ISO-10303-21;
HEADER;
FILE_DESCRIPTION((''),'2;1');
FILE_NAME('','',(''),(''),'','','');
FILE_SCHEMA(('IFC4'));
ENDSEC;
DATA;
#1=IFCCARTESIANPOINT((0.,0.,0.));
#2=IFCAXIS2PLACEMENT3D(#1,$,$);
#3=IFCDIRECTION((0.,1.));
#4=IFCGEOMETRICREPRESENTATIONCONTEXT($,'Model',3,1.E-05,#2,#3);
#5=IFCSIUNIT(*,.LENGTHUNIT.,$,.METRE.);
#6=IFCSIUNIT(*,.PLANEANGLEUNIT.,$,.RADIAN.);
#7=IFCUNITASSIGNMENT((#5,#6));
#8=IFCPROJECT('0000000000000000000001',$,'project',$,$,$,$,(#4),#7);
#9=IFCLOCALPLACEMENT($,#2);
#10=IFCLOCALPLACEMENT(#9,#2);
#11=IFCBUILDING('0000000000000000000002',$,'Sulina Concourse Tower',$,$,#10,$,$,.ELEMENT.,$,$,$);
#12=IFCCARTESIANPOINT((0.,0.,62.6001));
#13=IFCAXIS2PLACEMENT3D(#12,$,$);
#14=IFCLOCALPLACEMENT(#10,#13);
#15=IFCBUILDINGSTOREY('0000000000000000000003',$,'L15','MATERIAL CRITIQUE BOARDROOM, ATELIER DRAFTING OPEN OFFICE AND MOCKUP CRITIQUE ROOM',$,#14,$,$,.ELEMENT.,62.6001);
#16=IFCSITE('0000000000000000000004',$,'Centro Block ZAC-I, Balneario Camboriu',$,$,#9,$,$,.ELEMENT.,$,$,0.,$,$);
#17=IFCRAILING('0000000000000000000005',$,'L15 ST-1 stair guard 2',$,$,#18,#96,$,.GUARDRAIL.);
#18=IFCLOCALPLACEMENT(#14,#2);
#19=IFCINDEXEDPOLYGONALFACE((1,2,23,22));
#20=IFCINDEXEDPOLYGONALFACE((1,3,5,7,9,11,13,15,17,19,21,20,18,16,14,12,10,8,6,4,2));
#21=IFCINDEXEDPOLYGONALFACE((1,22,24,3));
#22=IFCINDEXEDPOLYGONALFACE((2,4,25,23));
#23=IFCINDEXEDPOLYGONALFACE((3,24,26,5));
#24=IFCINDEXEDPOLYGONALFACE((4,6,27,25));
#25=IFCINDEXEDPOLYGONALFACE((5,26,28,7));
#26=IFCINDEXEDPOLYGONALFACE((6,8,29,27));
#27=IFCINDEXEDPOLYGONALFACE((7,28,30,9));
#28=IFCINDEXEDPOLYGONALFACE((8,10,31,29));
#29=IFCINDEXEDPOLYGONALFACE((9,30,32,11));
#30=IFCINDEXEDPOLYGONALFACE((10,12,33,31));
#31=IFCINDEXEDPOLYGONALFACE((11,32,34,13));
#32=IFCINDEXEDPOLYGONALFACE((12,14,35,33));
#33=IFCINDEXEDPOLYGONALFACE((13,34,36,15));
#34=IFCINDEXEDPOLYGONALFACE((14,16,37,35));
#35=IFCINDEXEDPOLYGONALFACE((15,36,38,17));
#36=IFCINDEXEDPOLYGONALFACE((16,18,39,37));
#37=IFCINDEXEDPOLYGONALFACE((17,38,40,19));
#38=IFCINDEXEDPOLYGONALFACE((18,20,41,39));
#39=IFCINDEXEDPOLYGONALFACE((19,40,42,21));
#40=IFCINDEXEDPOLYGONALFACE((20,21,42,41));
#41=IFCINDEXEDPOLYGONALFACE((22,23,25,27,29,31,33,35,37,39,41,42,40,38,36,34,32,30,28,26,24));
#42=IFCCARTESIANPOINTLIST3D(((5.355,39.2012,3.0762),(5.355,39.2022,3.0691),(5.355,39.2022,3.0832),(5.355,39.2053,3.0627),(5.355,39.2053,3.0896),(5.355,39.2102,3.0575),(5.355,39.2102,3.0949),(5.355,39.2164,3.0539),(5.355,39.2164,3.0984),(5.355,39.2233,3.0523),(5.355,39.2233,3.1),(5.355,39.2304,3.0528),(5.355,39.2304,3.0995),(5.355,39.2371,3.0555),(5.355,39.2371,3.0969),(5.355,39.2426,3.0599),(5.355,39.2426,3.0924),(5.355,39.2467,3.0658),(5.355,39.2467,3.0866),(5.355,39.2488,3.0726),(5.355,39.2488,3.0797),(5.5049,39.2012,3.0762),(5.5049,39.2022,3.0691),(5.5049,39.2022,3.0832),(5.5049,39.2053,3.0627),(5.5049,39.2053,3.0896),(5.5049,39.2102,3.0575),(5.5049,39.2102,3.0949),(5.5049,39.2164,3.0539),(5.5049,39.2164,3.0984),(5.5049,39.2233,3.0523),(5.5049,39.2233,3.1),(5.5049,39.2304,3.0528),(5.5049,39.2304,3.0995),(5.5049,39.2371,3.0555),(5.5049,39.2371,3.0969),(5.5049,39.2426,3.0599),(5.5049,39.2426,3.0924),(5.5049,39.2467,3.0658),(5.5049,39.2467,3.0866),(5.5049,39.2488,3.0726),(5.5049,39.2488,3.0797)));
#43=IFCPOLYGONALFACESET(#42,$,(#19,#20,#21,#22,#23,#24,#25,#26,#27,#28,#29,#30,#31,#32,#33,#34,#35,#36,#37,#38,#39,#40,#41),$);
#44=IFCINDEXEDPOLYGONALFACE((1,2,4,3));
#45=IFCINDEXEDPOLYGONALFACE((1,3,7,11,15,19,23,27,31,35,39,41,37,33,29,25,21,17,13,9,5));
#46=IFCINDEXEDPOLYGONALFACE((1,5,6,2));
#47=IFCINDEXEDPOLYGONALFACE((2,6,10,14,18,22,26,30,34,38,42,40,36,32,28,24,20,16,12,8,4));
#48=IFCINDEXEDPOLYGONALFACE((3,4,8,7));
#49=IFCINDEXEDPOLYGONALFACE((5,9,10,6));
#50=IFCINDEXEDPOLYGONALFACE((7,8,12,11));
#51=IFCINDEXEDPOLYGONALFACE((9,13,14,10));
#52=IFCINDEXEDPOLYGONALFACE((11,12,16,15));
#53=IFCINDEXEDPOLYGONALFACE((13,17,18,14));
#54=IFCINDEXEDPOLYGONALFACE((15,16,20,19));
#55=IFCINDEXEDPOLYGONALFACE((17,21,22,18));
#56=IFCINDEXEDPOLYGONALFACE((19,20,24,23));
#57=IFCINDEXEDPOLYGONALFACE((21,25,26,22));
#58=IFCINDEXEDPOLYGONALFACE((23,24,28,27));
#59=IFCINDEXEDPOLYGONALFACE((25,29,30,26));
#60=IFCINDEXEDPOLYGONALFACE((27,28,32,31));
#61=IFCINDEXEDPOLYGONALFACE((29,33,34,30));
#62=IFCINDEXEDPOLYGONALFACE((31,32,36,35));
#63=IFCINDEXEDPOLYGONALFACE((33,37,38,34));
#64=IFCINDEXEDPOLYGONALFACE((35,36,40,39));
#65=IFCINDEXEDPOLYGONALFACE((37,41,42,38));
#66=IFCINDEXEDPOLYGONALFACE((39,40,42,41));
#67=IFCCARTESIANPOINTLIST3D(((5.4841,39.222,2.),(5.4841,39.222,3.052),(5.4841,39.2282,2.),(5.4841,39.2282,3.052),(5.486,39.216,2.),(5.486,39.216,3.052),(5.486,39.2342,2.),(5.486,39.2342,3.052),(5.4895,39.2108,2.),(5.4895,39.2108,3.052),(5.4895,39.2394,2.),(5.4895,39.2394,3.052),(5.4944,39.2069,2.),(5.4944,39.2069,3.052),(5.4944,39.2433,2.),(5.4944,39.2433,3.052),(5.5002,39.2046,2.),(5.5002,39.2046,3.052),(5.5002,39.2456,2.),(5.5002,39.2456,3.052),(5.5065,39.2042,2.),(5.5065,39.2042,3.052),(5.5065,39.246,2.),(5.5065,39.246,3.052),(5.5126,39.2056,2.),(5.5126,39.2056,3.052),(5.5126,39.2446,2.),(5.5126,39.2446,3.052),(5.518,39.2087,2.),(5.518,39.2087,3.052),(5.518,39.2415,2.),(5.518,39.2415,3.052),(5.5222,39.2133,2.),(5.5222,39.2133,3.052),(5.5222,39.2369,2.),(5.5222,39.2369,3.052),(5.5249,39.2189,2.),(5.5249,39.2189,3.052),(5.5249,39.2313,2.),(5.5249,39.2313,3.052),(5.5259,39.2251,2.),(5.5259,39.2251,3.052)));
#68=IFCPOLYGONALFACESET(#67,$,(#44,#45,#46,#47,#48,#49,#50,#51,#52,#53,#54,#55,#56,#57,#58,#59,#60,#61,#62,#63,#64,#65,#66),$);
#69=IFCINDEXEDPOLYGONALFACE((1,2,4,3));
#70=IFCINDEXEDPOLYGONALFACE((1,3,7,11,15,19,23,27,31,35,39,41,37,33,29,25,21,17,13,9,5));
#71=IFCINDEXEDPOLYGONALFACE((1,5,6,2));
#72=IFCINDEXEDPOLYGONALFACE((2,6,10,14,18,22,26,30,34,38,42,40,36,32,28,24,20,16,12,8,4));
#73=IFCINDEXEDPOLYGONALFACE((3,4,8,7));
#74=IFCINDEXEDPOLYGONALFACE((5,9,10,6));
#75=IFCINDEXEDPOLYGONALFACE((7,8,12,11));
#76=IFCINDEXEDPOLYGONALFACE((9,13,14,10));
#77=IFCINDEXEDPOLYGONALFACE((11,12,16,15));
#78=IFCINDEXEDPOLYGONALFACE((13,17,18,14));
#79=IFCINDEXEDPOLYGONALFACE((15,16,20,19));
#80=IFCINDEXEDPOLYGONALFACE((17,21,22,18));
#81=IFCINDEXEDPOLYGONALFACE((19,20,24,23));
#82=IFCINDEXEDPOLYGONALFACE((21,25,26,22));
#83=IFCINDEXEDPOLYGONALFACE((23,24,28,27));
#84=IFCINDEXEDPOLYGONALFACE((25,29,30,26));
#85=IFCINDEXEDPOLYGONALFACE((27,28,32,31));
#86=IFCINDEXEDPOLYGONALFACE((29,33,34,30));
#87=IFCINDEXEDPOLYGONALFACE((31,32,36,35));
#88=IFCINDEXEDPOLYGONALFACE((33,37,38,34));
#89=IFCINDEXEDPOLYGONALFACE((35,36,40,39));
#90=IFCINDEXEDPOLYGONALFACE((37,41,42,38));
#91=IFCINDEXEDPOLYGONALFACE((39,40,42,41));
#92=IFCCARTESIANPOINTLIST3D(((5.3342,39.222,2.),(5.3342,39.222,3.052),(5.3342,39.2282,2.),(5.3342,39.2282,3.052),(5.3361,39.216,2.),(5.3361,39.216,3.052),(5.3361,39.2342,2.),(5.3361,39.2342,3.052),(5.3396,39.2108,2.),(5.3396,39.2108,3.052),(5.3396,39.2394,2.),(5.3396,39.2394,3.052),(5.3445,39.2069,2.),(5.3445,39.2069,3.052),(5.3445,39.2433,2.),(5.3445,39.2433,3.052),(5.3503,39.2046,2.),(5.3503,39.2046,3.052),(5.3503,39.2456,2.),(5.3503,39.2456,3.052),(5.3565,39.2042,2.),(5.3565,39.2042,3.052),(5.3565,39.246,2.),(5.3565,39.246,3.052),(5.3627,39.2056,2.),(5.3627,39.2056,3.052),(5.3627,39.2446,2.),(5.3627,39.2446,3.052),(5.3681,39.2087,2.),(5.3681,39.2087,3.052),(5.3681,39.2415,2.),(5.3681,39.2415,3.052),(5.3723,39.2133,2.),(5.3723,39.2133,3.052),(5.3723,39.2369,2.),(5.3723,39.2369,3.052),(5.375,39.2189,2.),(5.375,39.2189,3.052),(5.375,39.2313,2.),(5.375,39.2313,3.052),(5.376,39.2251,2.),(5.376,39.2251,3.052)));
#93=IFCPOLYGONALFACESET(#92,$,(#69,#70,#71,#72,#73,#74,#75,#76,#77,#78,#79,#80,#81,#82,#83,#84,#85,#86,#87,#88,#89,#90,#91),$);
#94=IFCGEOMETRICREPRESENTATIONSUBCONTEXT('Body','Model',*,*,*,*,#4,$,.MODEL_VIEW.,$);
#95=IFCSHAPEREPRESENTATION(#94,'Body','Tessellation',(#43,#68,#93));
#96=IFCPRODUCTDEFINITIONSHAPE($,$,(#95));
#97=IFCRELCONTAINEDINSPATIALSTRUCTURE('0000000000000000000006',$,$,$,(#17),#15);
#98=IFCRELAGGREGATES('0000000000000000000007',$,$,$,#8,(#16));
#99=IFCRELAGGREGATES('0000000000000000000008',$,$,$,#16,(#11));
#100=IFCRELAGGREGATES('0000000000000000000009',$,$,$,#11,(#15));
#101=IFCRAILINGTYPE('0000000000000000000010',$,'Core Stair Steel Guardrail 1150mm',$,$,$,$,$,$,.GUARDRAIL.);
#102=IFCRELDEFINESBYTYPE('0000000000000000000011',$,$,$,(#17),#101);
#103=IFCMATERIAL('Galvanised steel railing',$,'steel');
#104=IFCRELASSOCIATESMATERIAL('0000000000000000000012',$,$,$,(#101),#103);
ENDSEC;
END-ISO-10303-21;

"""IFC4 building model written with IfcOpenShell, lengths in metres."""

from ifc_helpers import new_model, si_unit, direction, frame, origin, origin_2d, place, context, subcontext, project, spatial, circle, extrude, material, type_object, element, save


model = new_model("IFC4")

# Units and contexts
model_context = context("Model", 3, precision=1e-05, world=origin(), true_north=direction((0.0, 1.0)))
body_context = subcontext(model_context, "Body", "Model", "MODEL_VIEW")
ifc_project = project(units=[si_unit("LENGTHUNIT", "METRE"), si_unit("PLANEANGLEUNIT", "RADIAN")], contexts=[model_context])

# Site, building, storey
site_placement = place(None, origin())
site = spatial("IfcSite", under=ifc_project, at=site_placement, Name="Centro Block ZAC-I, Balneario Camboriu", CompositionType="ELEMENT", RefElevation=0.0)
building_placement = place(site_placement, origin())
building = spatial("IfcBuilding", under=site, at=building_placement, Name="Sulina Concourse Tower", CompositionType="ELEMENT")
storey_placement = place(building_placement, frame((0.0, 0.0, 62.6001)))
storey = spatial("IfcBuildingStorey", under=building, at=storey_placement, Name="L15", Description="MATERIAL CRITIQUE BOARDROOM, ATELIER DRAFTING OPEN OFFICE AND MOCKUP CRITIQUE ROOM", CompositionType="ELEMENT", Elevation=62.6001)

# Railing
ifc_material_1 = material(Name="Galvanised steel railing", Category="steel")
railing_type_1 = type_object("IfcRailingType", Name="Core Stair Steel Guardrail 1150mm", PredefinedType="GUARDRAIL", material=ifc_material_1)
railing_1_placement = place(storey_placement, frame((5.5049, 39.2251, 2.0)))
element("IfcRailing", 1, at=railing_1_placement, inside=storey, type_object=railing_type_1, Name="L15 ST-1 stair guard 2", PredefinedType="GUARDRAIL", context=body_context, shape_type="SweptSolid", body=[
    extrude(circle(Radius=0.0239, at=origin_2d()), frame((0.0, 0.0, 1.0762), z_axis=(-1.0, 0.0, 0.0), x_axis=(0.0, -1.0, 0.0)), (0.0, 0.0, 1.0), 0.1499),
    extrude(circle(Radius=0.021, at=origin_2d()), origin(), (0.0, 0.0, 1.0), 1.052),
    extrude(circle(Radius=0.021, at=origin_2d()), frame((-0.1499, 0.0, 0.0)), (0.0, 0.0, 1.0), 1.052),
])

save(model, "model.ifc")
